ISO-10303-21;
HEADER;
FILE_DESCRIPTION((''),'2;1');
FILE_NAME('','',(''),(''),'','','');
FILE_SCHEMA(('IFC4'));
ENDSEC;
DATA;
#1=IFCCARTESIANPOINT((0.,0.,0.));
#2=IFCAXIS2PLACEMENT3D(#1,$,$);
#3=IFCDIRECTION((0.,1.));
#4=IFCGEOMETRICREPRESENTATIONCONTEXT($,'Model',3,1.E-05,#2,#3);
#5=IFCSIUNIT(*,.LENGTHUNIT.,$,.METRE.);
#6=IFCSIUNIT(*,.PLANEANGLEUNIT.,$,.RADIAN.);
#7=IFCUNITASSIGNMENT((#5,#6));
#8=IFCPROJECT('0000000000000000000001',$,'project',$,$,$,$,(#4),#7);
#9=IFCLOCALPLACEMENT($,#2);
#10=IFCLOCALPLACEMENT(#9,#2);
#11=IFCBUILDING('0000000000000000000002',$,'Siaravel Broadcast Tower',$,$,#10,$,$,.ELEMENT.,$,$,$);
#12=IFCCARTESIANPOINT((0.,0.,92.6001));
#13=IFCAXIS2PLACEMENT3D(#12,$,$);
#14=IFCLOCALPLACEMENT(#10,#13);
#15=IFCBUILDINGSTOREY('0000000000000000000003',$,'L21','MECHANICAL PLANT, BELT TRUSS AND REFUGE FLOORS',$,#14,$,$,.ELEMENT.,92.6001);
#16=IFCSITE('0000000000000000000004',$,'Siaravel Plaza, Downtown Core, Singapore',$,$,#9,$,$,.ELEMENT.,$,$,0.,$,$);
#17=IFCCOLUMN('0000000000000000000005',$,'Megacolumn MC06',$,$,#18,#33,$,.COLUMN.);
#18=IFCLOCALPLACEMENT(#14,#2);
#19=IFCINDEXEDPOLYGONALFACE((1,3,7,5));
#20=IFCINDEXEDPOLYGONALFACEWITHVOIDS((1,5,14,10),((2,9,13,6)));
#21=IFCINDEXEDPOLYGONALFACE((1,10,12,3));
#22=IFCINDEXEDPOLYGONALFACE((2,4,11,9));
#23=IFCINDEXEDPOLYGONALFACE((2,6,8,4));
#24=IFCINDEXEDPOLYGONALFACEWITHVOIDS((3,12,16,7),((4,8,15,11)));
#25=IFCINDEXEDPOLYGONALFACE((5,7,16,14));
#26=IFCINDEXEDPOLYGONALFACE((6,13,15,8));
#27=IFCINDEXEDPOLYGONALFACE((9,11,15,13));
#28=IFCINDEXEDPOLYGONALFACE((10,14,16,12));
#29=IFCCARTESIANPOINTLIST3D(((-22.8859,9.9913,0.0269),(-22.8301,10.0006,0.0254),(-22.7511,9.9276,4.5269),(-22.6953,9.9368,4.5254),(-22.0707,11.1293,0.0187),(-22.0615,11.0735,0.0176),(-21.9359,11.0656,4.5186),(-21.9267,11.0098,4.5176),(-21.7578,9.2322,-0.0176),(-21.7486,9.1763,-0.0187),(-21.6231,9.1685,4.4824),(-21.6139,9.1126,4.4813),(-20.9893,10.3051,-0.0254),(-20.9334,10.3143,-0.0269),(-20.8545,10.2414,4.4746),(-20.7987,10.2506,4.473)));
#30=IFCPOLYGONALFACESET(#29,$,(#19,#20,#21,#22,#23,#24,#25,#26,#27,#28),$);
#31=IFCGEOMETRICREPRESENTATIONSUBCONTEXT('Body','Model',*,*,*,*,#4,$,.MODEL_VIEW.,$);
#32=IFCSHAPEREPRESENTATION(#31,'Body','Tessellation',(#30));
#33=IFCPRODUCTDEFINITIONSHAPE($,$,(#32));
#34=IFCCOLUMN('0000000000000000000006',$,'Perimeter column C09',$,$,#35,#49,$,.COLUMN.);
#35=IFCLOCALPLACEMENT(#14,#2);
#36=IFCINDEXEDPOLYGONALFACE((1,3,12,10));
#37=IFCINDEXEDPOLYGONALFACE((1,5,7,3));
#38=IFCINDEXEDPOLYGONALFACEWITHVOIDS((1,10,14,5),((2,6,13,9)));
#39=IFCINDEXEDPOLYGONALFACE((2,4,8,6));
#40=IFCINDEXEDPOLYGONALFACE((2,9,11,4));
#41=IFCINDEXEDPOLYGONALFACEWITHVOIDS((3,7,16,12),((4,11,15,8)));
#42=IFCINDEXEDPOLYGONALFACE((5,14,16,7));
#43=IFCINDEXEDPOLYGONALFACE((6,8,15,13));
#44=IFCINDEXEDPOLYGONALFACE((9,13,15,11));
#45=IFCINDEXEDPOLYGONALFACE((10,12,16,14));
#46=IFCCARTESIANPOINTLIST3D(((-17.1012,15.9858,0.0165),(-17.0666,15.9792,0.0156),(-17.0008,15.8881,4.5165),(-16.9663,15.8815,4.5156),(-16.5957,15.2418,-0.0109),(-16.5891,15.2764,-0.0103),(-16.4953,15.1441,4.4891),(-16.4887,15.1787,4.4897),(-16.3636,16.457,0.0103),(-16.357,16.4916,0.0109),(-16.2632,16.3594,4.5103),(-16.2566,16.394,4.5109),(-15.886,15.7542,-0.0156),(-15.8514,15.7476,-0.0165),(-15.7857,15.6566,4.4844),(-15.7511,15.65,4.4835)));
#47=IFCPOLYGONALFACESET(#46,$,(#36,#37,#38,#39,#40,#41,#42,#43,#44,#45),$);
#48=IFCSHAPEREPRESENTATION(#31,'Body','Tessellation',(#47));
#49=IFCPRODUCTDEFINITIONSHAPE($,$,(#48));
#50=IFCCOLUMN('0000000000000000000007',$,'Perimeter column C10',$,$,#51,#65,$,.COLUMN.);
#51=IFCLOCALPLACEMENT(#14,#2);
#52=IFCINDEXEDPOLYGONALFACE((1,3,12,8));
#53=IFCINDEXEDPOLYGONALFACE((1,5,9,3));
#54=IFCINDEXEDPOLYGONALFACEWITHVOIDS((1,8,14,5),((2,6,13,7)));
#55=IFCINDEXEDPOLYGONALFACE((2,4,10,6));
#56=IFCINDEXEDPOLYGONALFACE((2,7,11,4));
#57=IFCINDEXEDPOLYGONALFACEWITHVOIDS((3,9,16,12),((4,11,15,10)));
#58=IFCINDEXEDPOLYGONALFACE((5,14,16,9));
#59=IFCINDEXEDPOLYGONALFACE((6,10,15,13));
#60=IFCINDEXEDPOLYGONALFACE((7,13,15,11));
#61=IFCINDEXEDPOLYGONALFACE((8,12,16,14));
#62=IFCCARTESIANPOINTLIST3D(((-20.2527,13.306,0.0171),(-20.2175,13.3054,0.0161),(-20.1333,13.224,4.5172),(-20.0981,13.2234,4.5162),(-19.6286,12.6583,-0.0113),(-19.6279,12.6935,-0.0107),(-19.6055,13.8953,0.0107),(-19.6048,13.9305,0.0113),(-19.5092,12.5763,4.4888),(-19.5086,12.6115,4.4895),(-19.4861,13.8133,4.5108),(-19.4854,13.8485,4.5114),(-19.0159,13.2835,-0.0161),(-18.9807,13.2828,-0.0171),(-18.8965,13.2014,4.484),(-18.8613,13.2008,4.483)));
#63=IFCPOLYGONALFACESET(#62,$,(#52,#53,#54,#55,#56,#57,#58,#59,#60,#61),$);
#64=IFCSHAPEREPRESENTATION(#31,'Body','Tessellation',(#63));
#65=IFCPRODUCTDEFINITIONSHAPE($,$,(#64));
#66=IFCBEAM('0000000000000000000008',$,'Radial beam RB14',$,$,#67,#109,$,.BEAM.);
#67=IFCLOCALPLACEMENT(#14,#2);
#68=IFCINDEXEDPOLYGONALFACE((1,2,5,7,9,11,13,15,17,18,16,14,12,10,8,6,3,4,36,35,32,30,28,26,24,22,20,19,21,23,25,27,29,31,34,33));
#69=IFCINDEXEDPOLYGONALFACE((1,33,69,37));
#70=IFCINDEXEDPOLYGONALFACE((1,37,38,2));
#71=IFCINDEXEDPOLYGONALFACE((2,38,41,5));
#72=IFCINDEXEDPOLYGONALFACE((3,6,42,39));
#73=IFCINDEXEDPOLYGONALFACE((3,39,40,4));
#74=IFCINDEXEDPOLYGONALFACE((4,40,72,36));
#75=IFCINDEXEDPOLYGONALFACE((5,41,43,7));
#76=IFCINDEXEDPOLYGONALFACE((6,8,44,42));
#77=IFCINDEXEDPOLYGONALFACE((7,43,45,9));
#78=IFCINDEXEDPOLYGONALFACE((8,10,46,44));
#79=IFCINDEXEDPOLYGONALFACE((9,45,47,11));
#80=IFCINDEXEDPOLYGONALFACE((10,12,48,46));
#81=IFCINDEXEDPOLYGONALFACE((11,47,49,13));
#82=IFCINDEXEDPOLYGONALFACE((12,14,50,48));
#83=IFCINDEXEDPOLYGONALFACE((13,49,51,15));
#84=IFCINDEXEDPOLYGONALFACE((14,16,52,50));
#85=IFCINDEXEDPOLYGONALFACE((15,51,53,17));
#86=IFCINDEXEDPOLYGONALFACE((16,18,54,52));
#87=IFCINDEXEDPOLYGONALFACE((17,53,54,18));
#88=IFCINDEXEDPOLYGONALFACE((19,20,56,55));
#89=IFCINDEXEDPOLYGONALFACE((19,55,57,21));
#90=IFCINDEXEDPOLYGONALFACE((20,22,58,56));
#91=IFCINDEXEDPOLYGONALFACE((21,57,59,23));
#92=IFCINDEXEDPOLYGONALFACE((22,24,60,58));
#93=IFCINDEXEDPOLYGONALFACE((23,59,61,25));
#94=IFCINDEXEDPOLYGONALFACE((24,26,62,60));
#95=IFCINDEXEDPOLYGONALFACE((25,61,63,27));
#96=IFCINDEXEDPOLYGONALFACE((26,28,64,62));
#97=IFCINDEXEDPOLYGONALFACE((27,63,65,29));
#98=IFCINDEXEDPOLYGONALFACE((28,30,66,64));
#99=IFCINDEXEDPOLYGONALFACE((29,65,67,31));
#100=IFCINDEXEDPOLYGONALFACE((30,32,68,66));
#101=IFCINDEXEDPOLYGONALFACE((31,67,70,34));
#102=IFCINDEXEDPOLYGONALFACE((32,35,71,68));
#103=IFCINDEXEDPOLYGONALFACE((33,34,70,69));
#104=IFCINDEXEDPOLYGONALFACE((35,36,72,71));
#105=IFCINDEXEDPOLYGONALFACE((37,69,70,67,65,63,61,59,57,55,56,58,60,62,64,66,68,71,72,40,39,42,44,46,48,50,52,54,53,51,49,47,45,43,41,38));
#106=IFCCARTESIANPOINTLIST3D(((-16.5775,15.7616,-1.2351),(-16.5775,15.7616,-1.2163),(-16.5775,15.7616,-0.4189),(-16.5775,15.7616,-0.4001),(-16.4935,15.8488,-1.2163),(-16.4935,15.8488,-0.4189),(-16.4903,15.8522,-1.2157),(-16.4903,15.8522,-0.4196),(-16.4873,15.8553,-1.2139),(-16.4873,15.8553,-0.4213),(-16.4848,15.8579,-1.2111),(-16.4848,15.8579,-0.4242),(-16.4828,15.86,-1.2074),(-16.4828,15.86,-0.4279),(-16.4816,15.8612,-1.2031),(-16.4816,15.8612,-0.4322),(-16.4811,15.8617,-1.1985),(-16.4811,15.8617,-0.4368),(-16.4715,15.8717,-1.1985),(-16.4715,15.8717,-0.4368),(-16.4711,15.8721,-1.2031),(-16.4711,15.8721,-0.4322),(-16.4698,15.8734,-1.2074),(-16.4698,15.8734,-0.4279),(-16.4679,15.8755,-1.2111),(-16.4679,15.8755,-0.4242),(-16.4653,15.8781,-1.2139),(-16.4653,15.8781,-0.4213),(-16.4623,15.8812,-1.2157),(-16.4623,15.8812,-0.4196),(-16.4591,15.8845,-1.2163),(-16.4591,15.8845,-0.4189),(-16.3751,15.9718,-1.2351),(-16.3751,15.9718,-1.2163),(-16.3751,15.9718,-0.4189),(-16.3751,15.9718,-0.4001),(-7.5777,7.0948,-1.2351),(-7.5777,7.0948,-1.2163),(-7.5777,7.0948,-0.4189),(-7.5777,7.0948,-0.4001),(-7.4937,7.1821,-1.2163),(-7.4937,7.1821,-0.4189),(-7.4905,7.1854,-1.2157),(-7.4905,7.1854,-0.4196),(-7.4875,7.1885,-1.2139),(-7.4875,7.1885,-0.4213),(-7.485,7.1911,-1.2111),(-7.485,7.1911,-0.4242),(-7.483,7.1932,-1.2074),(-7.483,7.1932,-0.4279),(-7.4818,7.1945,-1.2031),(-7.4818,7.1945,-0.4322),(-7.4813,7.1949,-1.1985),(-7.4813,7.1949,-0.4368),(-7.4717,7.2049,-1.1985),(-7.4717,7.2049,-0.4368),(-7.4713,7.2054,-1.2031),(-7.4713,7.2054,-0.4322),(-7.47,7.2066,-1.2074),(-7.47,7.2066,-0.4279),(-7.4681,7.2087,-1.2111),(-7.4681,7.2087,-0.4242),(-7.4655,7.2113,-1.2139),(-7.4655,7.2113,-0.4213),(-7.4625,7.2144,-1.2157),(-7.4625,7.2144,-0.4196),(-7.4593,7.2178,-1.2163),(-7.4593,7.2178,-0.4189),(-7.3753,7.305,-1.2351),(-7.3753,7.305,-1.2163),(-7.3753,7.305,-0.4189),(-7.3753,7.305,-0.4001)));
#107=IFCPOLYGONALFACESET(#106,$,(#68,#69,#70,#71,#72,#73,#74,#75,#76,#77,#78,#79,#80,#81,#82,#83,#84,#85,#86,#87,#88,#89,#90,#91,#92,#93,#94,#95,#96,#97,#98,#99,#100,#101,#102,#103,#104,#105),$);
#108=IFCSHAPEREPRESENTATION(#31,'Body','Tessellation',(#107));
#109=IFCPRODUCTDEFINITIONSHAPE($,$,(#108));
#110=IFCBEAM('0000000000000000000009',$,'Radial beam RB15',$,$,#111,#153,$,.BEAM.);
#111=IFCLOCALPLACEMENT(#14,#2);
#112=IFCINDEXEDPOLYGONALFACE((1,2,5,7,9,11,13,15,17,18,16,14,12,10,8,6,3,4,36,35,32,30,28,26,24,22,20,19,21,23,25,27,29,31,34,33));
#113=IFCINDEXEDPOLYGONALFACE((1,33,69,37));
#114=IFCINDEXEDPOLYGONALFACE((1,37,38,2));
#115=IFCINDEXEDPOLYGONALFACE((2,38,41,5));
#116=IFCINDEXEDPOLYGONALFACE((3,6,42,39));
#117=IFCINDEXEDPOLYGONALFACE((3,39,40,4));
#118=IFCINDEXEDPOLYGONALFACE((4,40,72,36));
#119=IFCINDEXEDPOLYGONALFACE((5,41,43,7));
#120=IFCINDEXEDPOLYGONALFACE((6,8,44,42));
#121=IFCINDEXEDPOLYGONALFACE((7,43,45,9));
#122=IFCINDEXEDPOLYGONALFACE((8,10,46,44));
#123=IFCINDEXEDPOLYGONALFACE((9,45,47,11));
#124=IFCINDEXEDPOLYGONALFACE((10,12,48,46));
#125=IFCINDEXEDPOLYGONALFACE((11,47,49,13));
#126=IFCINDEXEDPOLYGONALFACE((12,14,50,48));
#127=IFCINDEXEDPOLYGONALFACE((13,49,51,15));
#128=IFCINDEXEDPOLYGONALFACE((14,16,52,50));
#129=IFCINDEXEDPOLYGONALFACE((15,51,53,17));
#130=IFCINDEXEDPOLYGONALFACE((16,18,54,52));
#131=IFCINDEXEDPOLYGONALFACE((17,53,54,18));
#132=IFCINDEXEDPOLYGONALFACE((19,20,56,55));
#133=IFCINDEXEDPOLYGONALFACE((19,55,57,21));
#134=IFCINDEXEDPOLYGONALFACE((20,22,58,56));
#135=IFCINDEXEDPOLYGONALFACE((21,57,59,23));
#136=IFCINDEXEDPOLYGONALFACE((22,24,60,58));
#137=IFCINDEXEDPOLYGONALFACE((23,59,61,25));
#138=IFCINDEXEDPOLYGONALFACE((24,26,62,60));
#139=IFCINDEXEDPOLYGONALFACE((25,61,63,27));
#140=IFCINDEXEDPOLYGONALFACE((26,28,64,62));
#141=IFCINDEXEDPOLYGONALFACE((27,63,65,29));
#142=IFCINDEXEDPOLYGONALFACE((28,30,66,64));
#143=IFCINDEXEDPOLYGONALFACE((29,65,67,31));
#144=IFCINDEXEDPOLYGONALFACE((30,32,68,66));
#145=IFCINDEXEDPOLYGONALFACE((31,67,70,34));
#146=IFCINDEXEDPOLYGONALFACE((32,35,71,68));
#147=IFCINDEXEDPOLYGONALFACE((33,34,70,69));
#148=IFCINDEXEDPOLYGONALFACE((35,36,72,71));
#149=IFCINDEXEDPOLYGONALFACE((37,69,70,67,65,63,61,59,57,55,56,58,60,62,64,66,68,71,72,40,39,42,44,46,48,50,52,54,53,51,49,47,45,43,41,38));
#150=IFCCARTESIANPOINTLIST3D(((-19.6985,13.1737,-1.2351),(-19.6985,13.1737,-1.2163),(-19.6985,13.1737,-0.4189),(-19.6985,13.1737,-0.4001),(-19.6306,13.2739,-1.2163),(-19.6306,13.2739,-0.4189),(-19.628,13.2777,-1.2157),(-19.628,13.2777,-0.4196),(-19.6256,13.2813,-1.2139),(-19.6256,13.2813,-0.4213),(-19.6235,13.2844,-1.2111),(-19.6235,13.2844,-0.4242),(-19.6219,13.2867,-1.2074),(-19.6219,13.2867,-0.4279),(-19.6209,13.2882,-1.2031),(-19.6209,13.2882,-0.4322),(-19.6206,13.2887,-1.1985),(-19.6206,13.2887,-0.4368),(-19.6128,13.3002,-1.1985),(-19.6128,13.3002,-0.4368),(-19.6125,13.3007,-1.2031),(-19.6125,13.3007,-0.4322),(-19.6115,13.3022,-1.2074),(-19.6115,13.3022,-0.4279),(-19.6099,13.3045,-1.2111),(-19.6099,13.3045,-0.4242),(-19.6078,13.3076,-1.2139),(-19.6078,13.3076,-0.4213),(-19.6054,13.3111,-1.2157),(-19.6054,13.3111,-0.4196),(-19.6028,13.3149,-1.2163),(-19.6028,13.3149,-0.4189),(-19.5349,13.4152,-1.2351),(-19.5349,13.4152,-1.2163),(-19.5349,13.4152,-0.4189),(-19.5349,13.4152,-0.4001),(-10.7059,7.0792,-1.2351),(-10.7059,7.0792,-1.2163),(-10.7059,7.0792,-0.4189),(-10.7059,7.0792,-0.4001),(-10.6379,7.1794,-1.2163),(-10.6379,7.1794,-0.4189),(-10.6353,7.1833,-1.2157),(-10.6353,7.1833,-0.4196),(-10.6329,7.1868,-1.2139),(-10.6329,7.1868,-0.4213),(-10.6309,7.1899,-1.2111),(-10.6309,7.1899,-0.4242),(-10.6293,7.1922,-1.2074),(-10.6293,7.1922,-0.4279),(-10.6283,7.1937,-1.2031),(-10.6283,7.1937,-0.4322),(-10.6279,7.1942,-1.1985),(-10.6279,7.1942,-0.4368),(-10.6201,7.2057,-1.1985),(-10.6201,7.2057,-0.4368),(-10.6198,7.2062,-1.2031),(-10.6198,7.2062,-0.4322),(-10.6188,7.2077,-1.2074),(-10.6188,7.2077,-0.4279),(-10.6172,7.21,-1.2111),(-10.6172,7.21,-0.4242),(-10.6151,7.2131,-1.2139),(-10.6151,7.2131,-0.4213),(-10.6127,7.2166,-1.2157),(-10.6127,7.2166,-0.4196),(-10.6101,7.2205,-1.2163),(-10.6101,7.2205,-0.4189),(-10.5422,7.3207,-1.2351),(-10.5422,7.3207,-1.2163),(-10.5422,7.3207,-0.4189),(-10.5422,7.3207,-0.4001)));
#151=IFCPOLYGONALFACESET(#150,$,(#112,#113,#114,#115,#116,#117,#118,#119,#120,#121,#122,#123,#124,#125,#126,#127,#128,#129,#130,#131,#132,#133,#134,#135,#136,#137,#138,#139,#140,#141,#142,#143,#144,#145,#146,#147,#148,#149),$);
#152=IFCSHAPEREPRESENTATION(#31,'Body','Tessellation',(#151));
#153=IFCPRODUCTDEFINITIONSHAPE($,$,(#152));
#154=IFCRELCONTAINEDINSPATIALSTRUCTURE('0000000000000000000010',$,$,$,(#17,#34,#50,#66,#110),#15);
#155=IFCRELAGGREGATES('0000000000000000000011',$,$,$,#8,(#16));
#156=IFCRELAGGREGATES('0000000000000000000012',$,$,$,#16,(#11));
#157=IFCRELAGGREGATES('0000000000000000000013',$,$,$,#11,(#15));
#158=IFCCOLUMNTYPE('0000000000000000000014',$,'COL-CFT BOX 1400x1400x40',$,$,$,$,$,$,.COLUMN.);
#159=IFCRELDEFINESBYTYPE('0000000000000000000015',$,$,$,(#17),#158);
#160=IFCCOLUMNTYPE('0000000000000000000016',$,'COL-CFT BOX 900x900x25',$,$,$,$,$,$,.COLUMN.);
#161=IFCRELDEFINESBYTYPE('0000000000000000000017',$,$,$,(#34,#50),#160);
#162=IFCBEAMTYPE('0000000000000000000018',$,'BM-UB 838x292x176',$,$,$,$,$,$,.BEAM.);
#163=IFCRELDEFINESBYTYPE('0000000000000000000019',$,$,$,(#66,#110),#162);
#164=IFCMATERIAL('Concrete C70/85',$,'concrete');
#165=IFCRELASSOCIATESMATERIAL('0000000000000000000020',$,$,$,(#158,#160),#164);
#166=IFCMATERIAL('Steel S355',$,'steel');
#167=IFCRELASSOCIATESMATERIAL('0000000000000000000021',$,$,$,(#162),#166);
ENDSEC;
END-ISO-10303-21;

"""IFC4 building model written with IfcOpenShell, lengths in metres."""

from ifc_helpers import new_model, si_unit, direction, frame, origin, origin_2d, place, context, subcontext, project, spatial, hollow_rectangle, i_section, extrude, material, material_profile, profile_set, type_object, element, save


model = new_model("IFC4")

# Units and contexts
model_context = context("Model", 3, precision=1e-05, world=origin(), true_north=direction((0.0, 1.0)))
body_context = subcontext(model_context, "Body", "Model", "MODEL_VIEW")
ifc_project = project(units=[si_unit("LENGTHUNIT", "METRE"), si_unit("PLANEANGLEUNIT", "RADIAN")], contexts=[model_context])

# Site, building, storey
site_placement = place(None, origin())
site = spatial("IfcSite", under=ifc_project, at=site_placement, Name="Siaravel Plaza, Downtown Core, Singapore", CompositionType="ELEMENT", RefElevation=0.0)
building_placement = place(site_placement, origin())
building = spatial("IfcBuilding", under=site, at=building_placement, Name="Siaravel Broadcast Tower", CompositionType="ELEMENT")
storey_placement = place(building_placement, frame((0.0, 0.0, 92.6001)))
storey = spatial("IfcBuildingStorey", under=building, at=storey_placement, Name="L21", Description="MECHANICAL PLANT, BELT TRUSS AND REFUGE FLOORS", CompositionType="ELEMENT", Elevation=92.6001)

# Columns
ifc_material_1 = material(Name="Concrete C70/85", Category="concrete")
ifc_material_profile_1 = material_profile(ifc_material_1, hollow_rectangle(XDim=1.3999, YDim=1.3999, WallThickness=0.04, at=origin_2d()))
ifc_profile_set_1 = profile_set([ifc_material_profile_1], Name="Concrete C70/85")
column_type_1 = type_object("IfcColumnType", Name="COL-CFT BOX 1400x1400x40", PredefinedType="COLUMN", material=ifc_profile_set_1)
column_1_placement = place(storey_placement, frame((-21.9097, 10.1528, 0.0), z_axis=(0.029931, -0.014152, 0.999452), x_axis=(0.582332, 0.812929, -0.005928)))
element("IfcColumn", 1, at=column_1_placement, inside=storey, type_object=column_type_1, Name="Megacolumn MC06", PredefinedType="COLUMN", context=body_context, shape_type="SweptSolid", body=[
    extrude(hollow_rectangle(XDim=1.3999, YDim=1.3999, WallThickness=0.04, at=origin_2d()), origin(), (0.0, 0.0, 1.0), 4.5024),
])
ifc_material_profile_2 = material_profile(ifc_material_1, hollow_rectangle(XDim=0.8999, YDim=0.8999, WallThickness=0.0249, at=origin_2d()))
ifc_profile_set_2 = profile_set([ifc_material_profile_2], Name="Concrete C70/85")
column_type_2 = type_object("IfcColumnType", Name="COL-CFT BOX 900x900x25", PredefinedType="COLUMN", material=ifc_profile_set_2)
column_2_placement = place(storey_placement, frame((-16.4763, 15.8667, 0.0), z_axis=(0.022287, -0.021691, 0.999516), x_axis=(0.82702, 0.562138, -0.006242)))
element("IfcColumn", 2, at=column_2_placement, inside=storey, type_object=column_type_2, Name="Perimeter column C09", PredefinedType="COLUMN", context=body_context, shape_type="SweptSolid", body=[
    extrude(hollow_rectangle(XDim=0.8999, YDim=0.8999, WallThickness=0.0249, at=origin_2d()), origin(), (0.0, 0.0, 1.0), 4.5022),
])
column_3_placement = place(storey_placement, frame((-19.6167, 13.2944, 0.0), z_axis=(0.026516, -0.01822, 0.999482), x_axis=(0.719964, 0.693981, -0.00645)))
element("IfcColumn", 3, at=column_3_placement, inside=storey, type_object=column_type_2, Name="Perimeter column C10", PredefinedType="COLUMN", context=body_context, shape_type="SweptSolid", body=[
    extrude(hollow_rectangle(XDim=0.8999, YDim=0.8999, WallThickness=0.0249, at=origin_2d()), origin(), (0.0, 0.0, 1.0), 4.5024),
])

# Beams
ifc_material_2 = material(Name="Steel S355", Category="steel")
ifc_material_profile_3 = material_profile(ifc_material_2, i_section(OverallWidth=0.2917, OverallDepth=0.835, WebThickness=0.0139, FlangeThickness=0.0188, FilletRadius=0.0178, at=origin_2d()))
ifc_profile_set_3 = profile_set([ifc_material_profile_3], Name="Steel S355")
beam_type_1 = type_object("IfcBeamType", Name="BM-UB 838x292x176", PredefinedType="BEAM", material=ifc_profile_set_3)
beam_1_placement = place(storey_placement, frame((-16.4763, 15.8667, -0.8176), z_axis=(0.720308, -0.693655, 0.0), x_axis=(0.693655, 0.720308, 0.0)))
element("IfcBeam", 4, at=beam_1_placement, inside=storey, type_object=beam_type_1, Name="Radial beam RB14", PredefinedType="BEAM", context=body_context, shape_type="SweptSolid", body=[
    extrude(i_section(OverallWidth=0.2917, OverallDepth=0.835, WebThickness=0.0139, FlangeThickness=0.0188, FilletRadius=0.0178, at=origin_2d()), origin(), (0.0, 0.0, 1.0), 12.4944),
])
beam_2_placement = place(storey_placement, frame((-19.6167, 13.2944, -0.8176), z_axis=(0.827805, -0.561017, 0.0), x_axis=(0.561017, 0.827805, 0.0)))
element("IfcBeam", 5, at=beam_2_placement, inside=storey, type_object=beam_type_1, Name="Radial beam RB15", PredefinedType="BEAM", context=body_context, shape_type="SweptSolid", body=[
    extrude(i_section(OverallWidth=0.2917, OverallDepth=0.835, WebThickness=0.0139, FlangeThickness=0.0188, FilletRadius=0.0178, at=origin_2d()), origin(), (0.0, 0.0, 1.0), 10.8633),
])

save(model, "model.ifc")
